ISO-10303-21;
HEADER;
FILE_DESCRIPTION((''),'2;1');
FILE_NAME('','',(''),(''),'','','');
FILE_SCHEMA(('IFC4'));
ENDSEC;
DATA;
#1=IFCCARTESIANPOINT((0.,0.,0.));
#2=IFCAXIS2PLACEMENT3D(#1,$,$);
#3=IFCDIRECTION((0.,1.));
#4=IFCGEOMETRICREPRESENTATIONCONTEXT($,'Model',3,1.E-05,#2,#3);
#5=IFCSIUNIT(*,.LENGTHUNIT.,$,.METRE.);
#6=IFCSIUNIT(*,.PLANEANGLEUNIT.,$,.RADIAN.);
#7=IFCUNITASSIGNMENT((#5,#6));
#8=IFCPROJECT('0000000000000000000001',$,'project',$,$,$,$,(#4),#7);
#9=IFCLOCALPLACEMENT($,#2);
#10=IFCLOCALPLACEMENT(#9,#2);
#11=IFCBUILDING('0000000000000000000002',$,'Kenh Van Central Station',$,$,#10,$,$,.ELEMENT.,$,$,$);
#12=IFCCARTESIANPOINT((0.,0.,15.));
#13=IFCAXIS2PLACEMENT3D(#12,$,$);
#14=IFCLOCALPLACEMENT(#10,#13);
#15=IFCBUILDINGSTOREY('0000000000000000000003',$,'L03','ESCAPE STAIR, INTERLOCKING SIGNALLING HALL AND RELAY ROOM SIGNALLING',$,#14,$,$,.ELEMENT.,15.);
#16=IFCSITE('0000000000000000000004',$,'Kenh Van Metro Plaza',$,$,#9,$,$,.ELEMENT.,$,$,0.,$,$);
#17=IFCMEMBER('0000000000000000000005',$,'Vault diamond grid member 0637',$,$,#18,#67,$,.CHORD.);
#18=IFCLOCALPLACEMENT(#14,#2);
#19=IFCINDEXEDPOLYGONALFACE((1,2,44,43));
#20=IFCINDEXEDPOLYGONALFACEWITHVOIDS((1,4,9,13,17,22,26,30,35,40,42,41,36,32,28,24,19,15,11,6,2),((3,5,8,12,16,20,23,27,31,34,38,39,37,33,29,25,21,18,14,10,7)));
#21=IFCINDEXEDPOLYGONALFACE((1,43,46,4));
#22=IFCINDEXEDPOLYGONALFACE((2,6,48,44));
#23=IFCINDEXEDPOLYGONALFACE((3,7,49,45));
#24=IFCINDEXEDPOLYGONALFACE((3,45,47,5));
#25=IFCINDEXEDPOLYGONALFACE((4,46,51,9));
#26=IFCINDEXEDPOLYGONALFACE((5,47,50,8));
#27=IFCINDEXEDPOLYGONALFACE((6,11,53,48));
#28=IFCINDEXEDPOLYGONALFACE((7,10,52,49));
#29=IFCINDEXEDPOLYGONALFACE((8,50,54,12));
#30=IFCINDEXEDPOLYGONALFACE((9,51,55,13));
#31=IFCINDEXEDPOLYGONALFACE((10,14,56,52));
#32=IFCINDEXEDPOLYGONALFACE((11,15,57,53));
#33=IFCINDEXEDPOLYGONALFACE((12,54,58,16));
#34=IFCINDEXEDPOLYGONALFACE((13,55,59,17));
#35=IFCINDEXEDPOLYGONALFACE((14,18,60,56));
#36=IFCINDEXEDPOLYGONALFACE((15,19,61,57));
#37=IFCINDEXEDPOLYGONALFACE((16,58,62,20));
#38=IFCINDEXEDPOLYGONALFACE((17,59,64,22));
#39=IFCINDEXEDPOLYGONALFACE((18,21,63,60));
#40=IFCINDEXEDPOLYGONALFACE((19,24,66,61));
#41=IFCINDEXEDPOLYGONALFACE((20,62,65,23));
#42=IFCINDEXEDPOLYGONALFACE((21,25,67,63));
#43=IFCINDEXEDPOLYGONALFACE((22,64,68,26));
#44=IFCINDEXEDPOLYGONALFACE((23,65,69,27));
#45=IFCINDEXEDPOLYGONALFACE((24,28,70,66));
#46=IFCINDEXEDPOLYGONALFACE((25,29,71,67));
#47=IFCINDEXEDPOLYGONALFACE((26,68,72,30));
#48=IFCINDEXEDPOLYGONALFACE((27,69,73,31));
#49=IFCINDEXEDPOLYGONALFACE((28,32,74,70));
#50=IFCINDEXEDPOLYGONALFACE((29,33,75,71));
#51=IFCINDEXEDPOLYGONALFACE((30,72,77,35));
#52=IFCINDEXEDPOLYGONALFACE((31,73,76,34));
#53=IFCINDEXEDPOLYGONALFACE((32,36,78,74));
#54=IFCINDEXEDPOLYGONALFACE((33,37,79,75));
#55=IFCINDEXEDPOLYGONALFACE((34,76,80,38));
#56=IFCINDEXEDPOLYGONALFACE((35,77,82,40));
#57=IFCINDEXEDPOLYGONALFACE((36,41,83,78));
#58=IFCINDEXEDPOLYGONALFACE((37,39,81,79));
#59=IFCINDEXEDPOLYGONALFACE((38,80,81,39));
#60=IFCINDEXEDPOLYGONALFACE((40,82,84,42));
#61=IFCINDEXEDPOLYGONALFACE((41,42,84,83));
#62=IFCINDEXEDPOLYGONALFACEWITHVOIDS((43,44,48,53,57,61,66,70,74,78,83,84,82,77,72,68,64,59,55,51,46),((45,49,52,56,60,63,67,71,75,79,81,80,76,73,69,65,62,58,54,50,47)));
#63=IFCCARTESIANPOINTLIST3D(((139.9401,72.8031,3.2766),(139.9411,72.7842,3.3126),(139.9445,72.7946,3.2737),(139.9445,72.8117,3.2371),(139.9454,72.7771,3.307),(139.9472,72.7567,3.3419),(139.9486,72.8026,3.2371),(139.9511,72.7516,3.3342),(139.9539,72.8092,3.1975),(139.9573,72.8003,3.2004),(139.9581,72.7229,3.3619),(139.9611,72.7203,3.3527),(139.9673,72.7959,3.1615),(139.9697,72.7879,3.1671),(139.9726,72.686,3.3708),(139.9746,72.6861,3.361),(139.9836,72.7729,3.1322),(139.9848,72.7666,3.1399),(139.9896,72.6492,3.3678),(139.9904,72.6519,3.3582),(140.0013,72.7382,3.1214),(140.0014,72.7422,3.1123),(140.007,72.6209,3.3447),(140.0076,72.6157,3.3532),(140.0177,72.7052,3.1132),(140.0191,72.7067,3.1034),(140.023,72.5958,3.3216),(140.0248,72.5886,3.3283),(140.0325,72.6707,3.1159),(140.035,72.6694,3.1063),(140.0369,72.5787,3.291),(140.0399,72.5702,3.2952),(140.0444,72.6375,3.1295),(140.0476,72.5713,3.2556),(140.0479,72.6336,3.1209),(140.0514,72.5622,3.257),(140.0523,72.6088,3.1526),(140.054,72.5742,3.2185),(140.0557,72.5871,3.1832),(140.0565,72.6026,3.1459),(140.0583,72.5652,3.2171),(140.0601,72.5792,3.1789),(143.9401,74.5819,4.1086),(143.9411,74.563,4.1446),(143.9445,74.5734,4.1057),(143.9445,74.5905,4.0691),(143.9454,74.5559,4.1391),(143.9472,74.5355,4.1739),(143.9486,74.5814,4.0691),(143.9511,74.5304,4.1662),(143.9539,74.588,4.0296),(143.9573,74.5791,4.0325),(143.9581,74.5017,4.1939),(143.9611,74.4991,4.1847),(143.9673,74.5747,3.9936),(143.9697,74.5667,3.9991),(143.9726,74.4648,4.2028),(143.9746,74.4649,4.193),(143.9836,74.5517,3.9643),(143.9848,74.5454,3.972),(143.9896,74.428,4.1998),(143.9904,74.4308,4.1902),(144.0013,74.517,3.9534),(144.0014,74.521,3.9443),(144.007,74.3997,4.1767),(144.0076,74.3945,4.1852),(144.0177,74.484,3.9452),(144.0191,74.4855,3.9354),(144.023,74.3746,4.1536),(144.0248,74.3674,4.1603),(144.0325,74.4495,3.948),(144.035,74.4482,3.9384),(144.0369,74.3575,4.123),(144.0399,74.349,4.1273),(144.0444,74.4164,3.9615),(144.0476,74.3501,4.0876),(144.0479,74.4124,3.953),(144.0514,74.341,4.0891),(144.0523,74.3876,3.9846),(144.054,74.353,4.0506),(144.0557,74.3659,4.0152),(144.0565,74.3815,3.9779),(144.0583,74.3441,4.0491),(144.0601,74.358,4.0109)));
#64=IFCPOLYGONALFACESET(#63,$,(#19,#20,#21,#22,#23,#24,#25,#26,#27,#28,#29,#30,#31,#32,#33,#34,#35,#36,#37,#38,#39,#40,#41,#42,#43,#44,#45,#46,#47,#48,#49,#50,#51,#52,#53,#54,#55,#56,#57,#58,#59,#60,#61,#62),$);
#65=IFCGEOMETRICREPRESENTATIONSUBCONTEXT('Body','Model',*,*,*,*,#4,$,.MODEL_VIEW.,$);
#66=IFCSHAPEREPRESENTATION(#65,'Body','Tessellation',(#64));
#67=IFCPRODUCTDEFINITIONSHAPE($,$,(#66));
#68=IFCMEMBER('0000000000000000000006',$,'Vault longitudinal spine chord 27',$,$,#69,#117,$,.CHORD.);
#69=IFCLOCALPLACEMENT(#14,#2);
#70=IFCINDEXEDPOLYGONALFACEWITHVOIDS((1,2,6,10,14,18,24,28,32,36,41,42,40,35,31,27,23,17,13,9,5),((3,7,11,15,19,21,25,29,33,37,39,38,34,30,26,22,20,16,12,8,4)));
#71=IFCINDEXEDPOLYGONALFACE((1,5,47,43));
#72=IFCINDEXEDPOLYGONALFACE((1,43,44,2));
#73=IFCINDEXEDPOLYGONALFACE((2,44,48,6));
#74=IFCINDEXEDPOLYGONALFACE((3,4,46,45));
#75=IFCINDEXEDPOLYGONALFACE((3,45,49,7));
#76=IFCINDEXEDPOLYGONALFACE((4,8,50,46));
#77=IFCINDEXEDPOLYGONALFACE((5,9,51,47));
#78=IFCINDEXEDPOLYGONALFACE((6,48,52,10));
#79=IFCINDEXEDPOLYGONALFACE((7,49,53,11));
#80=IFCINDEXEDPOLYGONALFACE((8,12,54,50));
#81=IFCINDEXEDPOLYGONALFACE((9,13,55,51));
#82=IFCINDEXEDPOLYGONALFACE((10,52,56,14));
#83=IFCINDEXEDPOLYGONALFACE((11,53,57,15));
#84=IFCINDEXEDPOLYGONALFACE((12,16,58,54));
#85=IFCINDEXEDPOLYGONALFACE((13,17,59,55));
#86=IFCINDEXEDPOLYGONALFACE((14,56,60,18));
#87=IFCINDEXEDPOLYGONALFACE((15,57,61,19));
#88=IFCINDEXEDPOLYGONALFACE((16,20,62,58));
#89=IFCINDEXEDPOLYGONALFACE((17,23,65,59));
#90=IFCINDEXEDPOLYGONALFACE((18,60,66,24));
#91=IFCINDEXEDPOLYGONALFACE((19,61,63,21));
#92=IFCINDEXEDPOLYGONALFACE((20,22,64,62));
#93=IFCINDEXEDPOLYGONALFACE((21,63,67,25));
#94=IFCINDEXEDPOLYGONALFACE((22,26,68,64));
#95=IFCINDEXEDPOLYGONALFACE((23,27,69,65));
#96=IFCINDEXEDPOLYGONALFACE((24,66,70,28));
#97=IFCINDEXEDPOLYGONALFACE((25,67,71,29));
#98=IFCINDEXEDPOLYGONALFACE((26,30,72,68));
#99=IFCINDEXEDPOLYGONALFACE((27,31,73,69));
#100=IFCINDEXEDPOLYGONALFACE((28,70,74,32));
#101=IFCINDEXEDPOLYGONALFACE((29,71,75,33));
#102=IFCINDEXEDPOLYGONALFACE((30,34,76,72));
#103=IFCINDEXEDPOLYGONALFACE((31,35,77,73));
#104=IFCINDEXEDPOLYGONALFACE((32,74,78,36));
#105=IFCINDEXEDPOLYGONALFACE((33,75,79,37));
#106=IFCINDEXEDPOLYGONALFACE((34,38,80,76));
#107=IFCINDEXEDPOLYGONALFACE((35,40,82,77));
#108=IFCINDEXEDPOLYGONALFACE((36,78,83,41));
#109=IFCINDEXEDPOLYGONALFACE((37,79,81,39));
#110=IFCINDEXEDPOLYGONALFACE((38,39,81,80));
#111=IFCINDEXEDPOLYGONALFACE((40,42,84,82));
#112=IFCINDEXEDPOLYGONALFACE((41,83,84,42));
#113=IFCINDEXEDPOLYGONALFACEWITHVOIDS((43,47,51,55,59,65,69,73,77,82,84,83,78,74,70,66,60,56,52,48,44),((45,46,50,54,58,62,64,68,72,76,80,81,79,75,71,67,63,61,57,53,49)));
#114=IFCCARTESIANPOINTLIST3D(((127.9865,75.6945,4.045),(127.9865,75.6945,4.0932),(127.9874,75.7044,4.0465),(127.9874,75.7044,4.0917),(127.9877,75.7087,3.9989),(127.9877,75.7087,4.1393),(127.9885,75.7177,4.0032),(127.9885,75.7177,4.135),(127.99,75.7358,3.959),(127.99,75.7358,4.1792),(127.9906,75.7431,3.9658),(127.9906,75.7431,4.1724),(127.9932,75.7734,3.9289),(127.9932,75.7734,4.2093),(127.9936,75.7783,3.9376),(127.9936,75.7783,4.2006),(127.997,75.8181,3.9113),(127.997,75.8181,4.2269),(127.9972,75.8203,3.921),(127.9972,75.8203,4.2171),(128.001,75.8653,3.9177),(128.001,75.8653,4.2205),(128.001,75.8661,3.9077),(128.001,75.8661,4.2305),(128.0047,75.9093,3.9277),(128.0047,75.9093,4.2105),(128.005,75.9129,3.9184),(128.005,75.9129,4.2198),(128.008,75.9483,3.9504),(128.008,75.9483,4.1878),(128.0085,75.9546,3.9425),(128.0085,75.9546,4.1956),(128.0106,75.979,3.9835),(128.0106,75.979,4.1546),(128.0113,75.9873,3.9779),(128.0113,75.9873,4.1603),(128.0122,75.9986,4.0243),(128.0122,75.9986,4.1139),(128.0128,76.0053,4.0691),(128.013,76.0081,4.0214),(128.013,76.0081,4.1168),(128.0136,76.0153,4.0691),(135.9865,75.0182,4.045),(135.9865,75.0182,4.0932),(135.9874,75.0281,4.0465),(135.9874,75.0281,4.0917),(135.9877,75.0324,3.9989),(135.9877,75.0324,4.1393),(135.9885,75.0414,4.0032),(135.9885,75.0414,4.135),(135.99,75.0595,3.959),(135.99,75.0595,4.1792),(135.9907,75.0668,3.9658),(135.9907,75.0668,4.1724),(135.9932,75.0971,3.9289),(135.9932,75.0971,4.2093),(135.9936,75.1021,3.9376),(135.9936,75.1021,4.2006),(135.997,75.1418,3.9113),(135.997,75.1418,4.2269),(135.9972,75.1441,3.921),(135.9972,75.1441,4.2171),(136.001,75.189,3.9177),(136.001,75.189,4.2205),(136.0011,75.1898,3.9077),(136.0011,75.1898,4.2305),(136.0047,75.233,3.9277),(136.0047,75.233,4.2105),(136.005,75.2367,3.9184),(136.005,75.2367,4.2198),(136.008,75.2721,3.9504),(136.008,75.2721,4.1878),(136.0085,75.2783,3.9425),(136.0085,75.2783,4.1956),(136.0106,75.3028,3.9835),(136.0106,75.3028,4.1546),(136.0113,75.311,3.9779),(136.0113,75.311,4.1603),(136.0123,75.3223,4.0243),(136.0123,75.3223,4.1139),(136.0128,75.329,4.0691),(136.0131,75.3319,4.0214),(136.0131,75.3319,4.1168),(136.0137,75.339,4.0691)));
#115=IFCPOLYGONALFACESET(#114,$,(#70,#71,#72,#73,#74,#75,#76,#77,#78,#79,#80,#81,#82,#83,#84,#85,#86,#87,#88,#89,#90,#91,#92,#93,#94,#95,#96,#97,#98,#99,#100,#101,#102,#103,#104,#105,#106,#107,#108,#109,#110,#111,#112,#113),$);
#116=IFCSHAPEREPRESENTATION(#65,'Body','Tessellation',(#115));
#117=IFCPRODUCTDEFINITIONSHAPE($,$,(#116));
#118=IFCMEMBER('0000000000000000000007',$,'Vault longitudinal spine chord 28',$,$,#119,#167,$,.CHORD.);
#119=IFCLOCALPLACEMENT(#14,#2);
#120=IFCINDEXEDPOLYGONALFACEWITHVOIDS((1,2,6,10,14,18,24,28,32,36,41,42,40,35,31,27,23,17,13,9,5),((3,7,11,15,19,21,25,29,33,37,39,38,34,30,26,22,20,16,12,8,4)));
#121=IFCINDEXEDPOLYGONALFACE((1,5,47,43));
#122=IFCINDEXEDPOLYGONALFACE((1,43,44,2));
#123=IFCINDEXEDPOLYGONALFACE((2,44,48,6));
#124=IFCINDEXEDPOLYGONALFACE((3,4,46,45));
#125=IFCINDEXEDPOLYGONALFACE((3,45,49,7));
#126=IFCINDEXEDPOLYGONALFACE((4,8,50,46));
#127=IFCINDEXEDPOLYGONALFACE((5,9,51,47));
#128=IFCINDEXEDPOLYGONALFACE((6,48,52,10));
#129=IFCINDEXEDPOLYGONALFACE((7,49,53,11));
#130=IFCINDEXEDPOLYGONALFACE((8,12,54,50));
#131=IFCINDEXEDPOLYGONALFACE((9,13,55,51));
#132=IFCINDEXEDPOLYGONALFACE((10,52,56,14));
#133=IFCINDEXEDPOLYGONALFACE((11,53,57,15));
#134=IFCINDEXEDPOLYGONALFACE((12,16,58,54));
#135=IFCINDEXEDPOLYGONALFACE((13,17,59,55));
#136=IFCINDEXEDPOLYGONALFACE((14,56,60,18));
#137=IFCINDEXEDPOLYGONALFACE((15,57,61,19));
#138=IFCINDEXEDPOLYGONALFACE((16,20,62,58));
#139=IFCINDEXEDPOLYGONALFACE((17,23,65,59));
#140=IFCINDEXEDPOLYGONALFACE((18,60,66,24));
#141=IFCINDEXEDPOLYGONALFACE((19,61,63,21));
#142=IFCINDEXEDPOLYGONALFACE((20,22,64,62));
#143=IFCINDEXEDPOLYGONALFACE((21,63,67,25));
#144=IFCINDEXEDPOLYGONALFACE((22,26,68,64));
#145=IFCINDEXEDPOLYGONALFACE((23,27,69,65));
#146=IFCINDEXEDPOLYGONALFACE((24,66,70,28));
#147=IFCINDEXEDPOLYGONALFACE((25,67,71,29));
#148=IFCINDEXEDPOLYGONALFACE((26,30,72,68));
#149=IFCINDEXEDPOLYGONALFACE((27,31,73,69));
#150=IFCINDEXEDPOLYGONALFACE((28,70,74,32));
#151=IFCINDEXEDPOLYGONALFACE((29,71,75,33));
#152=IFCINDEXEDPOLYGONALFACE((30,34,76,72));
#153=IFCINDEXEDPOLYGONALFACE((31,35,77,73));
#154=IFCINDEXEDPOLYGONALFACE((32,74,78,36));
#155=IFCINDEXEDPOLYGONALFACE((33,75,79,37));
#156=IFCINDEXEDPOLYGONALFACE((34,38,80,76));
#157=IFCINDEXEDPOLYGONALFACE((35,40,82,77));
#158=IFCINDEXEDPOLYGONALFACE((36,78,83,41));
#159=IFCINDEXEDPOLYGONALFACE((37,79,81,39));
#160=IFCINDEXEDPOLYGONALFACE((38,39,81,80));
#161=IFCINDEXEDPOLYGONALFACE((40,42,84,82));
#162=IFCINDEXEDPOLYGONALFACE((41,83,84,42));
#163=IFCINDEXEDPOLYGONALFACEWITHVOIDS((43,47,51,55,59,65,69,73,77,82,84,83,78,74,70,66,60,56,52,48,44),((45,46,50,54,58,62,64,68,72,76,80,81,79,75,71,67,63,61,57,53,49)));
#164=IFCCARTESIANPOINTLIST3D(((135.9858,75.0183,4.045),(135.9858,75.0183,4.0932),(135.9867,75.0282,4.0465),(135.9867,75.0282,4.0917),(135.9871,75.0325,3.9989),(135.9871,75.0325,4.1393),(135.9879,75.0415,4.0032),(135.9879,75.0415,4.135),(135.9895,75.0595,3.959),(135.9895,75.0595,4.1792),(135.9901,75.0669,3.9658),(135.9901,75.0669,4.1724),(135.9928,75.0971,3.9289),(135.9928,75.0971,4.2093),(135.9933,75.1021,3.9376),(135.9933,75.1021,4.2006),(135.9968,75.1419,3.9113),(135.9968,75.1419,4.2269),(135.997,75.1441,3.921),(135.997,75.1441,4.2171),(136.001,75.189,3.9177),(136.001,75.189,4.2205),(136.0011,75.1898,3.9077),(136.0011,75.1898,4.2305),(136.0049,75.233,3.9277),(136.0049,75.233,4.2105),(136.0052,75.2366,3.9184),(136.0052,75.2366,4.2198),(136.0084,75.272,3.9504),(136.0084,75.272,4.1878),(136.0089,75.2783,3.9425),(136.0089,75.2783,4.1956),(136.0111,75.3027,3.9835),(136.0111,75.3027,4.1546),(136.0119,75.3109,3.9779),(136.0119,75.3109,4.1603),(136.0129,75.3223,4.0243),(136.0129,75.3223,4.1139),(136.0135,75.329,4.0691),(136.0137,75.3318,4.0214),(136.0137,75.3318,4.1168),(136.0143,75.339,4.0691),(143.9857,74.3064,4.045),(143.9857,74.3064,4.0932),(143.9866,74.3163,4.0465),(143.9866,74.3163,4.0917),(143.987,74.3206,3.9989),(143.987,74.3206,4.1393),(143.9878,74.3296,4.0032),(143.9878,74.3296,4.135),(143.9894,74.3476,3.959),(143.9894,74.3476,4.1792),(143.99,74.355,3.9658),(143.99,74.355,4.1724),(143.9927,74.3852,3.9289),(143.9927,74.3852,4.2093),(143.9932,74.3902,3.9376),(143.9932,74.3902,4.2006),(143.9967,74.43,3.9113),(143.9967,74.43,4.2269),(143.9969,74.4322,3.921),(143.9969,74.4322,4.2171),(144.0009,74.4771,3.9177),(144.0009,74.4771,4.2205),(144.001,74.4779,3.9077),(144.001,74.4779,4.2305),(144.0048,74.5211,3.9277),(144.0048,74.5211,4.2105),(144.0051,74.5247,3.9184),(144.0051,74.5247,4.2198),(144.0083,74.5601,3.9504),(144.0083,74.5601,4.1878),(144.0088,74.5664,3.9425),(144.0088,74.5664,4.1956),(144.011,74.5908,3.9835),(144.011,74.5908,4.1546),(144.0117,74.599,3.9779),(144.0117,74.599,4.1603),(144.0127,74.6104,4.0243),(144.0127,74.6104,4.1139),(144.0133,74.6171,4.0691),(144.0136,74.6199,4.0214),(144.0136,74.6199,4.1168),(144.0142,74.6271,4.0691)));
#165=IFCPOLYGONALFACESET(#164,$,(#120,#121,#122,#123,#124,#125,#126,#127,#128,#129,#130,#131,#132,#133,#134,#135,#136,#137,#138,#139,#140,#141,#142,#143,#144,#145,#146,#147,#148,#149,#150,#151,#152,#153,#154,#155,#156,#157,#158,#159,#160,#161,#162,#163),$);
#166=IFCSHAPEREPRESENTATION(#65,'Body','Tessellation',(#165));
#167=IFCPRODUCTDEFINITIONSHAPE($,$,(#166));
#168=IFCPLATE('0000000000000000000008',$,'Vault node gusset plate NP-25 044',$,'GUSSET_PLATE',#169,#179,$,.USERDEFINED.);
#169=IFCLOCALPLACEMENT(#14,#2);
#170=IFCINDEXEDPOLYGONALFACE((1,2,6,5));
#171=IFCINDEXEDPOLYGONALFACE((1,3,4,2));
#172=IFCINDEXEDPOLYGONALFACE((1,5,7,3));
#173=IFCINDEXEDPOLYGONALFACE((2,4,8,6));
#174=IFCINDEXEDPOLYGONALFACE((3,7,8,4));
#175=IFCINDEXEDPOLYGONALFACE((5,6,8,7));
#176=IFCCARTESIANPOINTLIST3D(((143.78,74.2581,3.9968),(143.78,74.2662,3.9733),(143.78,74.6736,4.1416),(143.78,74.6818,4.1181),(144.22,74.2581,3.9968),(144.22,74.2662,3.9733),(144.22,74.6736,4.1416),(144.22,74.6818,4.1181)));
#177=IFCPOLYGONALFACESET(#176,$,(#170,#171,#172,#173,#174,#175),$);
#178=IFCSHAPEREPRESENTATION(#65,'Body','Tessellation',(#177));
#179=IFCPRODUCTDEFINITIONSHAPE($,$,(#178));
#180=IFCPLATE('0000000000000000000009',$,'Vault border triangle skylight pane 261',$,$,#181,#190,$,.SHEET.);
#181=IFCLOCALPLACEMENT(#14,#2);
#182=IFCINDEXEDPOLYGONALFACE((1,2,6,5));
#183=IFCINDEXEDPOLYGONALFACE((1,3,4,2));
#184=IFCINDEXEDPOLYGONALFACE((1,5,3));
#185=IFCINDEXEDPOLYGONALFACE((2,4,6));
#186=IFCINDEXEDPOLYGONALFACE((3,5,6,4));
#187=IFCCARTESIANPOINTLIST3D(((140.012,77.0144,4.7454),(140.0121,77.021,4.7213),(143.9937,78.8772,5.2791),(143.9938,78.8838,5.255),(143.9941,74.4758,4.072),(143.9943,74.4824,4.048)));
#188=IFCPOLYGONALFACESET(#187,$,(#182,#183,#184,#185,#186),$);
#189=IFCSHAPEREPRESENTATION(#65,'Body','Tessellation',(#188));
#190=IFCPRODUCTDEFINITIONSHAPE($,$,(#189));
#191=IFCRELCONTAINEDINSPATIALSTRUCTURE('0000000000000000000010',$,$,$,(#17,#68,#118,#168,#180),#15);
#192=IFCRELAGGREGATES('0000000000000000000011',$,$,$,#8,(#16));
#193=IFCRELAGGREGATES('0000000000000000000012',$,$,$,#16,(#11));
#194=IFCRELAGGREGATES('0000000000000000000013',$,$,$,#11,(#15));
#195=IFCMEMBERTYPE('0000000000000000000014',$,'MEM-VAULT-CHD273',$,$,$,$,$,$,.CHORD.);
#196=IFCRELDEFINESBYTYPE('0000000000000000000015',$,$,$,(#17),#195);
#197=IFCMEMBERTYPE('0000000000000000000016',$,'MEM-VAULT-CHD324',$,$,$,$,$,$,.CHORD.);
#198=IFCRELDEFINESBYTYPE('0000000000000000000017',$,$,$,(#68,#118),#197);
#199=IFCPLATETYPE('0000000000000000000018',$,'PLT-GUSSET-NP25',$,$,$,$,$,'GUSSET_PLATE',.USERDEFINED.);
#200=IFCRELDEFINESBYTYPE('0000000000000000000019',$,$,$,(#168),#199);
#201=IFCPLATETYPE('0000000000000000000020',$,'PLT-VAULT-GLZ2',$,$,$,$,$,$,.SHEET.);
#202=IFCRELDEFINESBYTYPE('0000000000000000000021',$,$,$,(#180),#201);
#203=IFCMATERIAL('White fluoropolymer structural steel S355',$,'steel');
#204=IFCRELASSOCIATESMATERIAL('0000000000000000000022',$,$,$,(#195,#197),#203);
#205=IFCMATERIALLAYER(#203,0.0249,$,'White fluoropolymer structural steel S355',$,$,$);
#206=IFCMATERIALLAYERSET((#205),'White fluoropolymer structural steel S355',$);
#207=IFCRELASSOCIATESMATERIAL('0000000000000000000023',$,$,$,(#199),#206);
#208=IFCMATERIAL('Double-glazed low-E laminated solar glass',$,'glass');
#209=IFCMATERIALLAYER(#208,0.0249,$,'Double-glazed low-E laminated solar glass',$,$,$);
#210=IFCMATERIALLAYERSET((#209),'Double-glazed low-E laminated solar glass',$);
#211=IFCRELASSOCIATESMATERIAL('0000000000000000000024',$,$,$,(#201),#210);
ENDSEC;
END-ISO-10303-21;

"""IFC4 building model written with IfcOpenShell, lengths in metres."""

from ifc_helpers import new_model, si_unit, direction, frame, origin, origin_2d, place, context, subcontext, project, spatial, polyline, hollow_circle, outline, extrude, material, layer, layer_set, material_profile, profile_set, type_object, element, save


model = new_model("IFC4")

# Units and contexts
model_context = context("Model", 3, precision=1e-05, world=origin(), true_north=direction((0.0, 1.0)))
body_context = subcontext(model_context, "Body", "Model", "MODEL_VIEW")
ifc_project = project(units=[si_unit("LENGTHUNIT", "METRE"), si_unit("PLANEANGLEUNIT", "RADIAN")], contexts=[model_context])

# Site, building, storey
site_placement = place(None, origin())
site = spatial("IfcSite", under=ifc_project, at=site_placement, Name="Kenh Van Metro Plaza", CompositionType="ELEMENT", RefElevation=0.0)
building_placement = place(site_placement, origin())
building = spatial("IfcBuilding", under=site, at=building_placement, Name="Kenh Van Central Station", CompositionType="ELEMENT")
storey_placement = place(building_placement, frame((0.0, 0.0, 15.0)))
storey = spatial("IfcBuildingStorey", under=building, at=storey_placement, Name="L03", Description="ESCAPE STAIR, INTERLOCKING SIGNALLING HALL AND RELAY ROOM SIGNALLING", CompositionType="ELEMENT", Elevation=15.0)

# Shared definitions
ifc_material_1 = material(Name="White fluoropolymer structural steel S355", Category="steel")

# Members
ifc_material_profile_1 = material_profile(ifc_material_1, hollow_circle(Radius=0.1365, WallThickness=0.01, at=origin_2d()), Name="CHS 273x10")
ifc_profile_set_1 = profile_set([ifc_material_profile_1], Name="White fluoropolymer structural steel S355")
member_type_1 = type_object("IfcMemberType", Name="MEM-VAULT-CHD273", PredefinedType="CHORD", material=ifc_profile_set_1)
member_1_placement = place(storey_placement, frame((140.0, 72.687, 3.2371), z_axis=(0.897655, 0.399189, 0.186719), x_axis=(-0.406335, 0.913724, 0.0)))
element("IfcMember", 1, at=member_1_placement, inside=storey, type_object=member_type_1, Name="Vault diamond grid member 0637", PredefinedType="CHORD", context=body_context, shape_type="SweptSolid", body=[
    extrude(hollow_circle(Radius=0.1365, WallThickness=0.01, at=origin_2d()), origin(), (0.0, 0.0, 1.0), 4.4561),
])
ifc_material_profile_2 = material_profile(ifc_material_1, hollow_circle(Radius=0.1619, WallThickness=0.01, at=origin_2d()), Name="CHS 323.9x10")
ifc_profile_set_2 = profile_set([ifc_material_profile_2], Name="White fluoropolymer structural steel S355")
member_type_2 = type_object("IfcMemberType", Name="MEM-VAULT-CHD324", PredefinedType="CHORD", material=ifc_profile_set_2)
member_2_placement = place(storey_placement, frame((128.0, 75.854, 4.0691), z_axis=(0.996446, -0.084233, 0.0), x_axis=(0.084233, 0.996446, 0.0)))
element("IfcMember", 2, at=member_2_placement, inside=storey, type_object=member_type_2, Name="Vault longitudinal spine chord 27", PredefinedType="CHORD", context=body_context, shape_type="SweptSolid", body=[
    extrude(hollow_circle(Radius=0.1619, WallThickness=0.01, at=origin_2d()), origin(), (0.0, 0.0, 1.0), 8.0286),
])
member_3_placement = place(storey_placement, frame((136.0, 75.1777, 4.0691), z_axis=(0.996064, -0.088639, 0.0), x_axis=(0.088639, 0.996064, 0.0)))
element("IfcMember", 3, at=member_3_placement, inside=storey, type_object=member_type_2, Name="Vault longitudinal spine chord 28", PredefinedType="CHORD", context=body_context, shape_type="SweptSolid", body=[
    extrude(hollow_circle(Radius=0.1619, WallThickness=0.01, at=origin_2d()), origin(), (0.0, 0.0, 1.0), 8.0315),
])

# Plates
ifc_layer_1 = layer(ifc_material_1, 0.0249, Name="White fluoropolymer structural steel S355")
ifc_layer_set_1 = layer_set([ifc_layer_1], Name="White fluoropolymer structural steel S355")
plate_type_1 = type_object("IfcPlateType", Name="PLT-GUSSET-NP25", ElementType="GUSSET_PLATE", PredefinedType="USERDEFINED", material=ifc_layer_set_1)
plate_1_placement = place(storey_placement, frame((143.78, 74.2581, 3.9968), z_axis=(0.0, -0.329016, 0.944325), x_axis=(1.0, 0.0, 0.0)))
element("IfcPlate", 4, at=plate_1_placement, inside=storey, type_object=plate_type_1, Name="Vault node gusset plate NP-25 044", ObjectType="GUSSET_PLATE", PredefinedType="USERDEFINED", context=body_context, shape_type="SweptSolid", body=[
    extrude(outline(polyline([(0.0, 0.0), (0.4399, 0.0), (0.4399, 0.44), (0.0, 0.44), (0.0, 0.0)])), origin(), (0.0, 0.0, -1.0), 0.0249),
])
ifc_material_2 = material(Name="Double-glazed low-E laminated solar glass", Category="glass")
ifc_layer_2 = layer(ifc_material_2, 0.0249, Name="Double-glazed low-E laminated solar glass")
ifc_layer_set_2 = layer_set([ifc_layer_2], Name="Double-glazed low-E laminated solar glass")
plate_type_2 = type_object("IfcPlateType", Name="PLT-VAULT-GLZ2", PredefinedType="SHEET", material=ifc_layer_set_2)
plate_2_placement = place(storey_placement, frame((143.9941, 74.4758, 4.072), z_axis=(-0.005531, -0.264472, 0.964378), x_axis=(-0.000107, 0.964393, 0.264475)))
element("IfcPlate", 5, at=plate_2_placement, inside=storey, type_object=plate_type_2, Name="Vault border triangle skylight pane 261", PredefinedType="SHEET", context=body_context, shape_type="SweptSolid", body=[
    extrude(outline(polyline([(0.0, 0.0), (4.5639, 0.0), (2.6267, 3.982), (0.0, 0.0)])), origin(), (0.0, 0.0, -1.0), 0.0249),
])

save(model, "model.ifc")
